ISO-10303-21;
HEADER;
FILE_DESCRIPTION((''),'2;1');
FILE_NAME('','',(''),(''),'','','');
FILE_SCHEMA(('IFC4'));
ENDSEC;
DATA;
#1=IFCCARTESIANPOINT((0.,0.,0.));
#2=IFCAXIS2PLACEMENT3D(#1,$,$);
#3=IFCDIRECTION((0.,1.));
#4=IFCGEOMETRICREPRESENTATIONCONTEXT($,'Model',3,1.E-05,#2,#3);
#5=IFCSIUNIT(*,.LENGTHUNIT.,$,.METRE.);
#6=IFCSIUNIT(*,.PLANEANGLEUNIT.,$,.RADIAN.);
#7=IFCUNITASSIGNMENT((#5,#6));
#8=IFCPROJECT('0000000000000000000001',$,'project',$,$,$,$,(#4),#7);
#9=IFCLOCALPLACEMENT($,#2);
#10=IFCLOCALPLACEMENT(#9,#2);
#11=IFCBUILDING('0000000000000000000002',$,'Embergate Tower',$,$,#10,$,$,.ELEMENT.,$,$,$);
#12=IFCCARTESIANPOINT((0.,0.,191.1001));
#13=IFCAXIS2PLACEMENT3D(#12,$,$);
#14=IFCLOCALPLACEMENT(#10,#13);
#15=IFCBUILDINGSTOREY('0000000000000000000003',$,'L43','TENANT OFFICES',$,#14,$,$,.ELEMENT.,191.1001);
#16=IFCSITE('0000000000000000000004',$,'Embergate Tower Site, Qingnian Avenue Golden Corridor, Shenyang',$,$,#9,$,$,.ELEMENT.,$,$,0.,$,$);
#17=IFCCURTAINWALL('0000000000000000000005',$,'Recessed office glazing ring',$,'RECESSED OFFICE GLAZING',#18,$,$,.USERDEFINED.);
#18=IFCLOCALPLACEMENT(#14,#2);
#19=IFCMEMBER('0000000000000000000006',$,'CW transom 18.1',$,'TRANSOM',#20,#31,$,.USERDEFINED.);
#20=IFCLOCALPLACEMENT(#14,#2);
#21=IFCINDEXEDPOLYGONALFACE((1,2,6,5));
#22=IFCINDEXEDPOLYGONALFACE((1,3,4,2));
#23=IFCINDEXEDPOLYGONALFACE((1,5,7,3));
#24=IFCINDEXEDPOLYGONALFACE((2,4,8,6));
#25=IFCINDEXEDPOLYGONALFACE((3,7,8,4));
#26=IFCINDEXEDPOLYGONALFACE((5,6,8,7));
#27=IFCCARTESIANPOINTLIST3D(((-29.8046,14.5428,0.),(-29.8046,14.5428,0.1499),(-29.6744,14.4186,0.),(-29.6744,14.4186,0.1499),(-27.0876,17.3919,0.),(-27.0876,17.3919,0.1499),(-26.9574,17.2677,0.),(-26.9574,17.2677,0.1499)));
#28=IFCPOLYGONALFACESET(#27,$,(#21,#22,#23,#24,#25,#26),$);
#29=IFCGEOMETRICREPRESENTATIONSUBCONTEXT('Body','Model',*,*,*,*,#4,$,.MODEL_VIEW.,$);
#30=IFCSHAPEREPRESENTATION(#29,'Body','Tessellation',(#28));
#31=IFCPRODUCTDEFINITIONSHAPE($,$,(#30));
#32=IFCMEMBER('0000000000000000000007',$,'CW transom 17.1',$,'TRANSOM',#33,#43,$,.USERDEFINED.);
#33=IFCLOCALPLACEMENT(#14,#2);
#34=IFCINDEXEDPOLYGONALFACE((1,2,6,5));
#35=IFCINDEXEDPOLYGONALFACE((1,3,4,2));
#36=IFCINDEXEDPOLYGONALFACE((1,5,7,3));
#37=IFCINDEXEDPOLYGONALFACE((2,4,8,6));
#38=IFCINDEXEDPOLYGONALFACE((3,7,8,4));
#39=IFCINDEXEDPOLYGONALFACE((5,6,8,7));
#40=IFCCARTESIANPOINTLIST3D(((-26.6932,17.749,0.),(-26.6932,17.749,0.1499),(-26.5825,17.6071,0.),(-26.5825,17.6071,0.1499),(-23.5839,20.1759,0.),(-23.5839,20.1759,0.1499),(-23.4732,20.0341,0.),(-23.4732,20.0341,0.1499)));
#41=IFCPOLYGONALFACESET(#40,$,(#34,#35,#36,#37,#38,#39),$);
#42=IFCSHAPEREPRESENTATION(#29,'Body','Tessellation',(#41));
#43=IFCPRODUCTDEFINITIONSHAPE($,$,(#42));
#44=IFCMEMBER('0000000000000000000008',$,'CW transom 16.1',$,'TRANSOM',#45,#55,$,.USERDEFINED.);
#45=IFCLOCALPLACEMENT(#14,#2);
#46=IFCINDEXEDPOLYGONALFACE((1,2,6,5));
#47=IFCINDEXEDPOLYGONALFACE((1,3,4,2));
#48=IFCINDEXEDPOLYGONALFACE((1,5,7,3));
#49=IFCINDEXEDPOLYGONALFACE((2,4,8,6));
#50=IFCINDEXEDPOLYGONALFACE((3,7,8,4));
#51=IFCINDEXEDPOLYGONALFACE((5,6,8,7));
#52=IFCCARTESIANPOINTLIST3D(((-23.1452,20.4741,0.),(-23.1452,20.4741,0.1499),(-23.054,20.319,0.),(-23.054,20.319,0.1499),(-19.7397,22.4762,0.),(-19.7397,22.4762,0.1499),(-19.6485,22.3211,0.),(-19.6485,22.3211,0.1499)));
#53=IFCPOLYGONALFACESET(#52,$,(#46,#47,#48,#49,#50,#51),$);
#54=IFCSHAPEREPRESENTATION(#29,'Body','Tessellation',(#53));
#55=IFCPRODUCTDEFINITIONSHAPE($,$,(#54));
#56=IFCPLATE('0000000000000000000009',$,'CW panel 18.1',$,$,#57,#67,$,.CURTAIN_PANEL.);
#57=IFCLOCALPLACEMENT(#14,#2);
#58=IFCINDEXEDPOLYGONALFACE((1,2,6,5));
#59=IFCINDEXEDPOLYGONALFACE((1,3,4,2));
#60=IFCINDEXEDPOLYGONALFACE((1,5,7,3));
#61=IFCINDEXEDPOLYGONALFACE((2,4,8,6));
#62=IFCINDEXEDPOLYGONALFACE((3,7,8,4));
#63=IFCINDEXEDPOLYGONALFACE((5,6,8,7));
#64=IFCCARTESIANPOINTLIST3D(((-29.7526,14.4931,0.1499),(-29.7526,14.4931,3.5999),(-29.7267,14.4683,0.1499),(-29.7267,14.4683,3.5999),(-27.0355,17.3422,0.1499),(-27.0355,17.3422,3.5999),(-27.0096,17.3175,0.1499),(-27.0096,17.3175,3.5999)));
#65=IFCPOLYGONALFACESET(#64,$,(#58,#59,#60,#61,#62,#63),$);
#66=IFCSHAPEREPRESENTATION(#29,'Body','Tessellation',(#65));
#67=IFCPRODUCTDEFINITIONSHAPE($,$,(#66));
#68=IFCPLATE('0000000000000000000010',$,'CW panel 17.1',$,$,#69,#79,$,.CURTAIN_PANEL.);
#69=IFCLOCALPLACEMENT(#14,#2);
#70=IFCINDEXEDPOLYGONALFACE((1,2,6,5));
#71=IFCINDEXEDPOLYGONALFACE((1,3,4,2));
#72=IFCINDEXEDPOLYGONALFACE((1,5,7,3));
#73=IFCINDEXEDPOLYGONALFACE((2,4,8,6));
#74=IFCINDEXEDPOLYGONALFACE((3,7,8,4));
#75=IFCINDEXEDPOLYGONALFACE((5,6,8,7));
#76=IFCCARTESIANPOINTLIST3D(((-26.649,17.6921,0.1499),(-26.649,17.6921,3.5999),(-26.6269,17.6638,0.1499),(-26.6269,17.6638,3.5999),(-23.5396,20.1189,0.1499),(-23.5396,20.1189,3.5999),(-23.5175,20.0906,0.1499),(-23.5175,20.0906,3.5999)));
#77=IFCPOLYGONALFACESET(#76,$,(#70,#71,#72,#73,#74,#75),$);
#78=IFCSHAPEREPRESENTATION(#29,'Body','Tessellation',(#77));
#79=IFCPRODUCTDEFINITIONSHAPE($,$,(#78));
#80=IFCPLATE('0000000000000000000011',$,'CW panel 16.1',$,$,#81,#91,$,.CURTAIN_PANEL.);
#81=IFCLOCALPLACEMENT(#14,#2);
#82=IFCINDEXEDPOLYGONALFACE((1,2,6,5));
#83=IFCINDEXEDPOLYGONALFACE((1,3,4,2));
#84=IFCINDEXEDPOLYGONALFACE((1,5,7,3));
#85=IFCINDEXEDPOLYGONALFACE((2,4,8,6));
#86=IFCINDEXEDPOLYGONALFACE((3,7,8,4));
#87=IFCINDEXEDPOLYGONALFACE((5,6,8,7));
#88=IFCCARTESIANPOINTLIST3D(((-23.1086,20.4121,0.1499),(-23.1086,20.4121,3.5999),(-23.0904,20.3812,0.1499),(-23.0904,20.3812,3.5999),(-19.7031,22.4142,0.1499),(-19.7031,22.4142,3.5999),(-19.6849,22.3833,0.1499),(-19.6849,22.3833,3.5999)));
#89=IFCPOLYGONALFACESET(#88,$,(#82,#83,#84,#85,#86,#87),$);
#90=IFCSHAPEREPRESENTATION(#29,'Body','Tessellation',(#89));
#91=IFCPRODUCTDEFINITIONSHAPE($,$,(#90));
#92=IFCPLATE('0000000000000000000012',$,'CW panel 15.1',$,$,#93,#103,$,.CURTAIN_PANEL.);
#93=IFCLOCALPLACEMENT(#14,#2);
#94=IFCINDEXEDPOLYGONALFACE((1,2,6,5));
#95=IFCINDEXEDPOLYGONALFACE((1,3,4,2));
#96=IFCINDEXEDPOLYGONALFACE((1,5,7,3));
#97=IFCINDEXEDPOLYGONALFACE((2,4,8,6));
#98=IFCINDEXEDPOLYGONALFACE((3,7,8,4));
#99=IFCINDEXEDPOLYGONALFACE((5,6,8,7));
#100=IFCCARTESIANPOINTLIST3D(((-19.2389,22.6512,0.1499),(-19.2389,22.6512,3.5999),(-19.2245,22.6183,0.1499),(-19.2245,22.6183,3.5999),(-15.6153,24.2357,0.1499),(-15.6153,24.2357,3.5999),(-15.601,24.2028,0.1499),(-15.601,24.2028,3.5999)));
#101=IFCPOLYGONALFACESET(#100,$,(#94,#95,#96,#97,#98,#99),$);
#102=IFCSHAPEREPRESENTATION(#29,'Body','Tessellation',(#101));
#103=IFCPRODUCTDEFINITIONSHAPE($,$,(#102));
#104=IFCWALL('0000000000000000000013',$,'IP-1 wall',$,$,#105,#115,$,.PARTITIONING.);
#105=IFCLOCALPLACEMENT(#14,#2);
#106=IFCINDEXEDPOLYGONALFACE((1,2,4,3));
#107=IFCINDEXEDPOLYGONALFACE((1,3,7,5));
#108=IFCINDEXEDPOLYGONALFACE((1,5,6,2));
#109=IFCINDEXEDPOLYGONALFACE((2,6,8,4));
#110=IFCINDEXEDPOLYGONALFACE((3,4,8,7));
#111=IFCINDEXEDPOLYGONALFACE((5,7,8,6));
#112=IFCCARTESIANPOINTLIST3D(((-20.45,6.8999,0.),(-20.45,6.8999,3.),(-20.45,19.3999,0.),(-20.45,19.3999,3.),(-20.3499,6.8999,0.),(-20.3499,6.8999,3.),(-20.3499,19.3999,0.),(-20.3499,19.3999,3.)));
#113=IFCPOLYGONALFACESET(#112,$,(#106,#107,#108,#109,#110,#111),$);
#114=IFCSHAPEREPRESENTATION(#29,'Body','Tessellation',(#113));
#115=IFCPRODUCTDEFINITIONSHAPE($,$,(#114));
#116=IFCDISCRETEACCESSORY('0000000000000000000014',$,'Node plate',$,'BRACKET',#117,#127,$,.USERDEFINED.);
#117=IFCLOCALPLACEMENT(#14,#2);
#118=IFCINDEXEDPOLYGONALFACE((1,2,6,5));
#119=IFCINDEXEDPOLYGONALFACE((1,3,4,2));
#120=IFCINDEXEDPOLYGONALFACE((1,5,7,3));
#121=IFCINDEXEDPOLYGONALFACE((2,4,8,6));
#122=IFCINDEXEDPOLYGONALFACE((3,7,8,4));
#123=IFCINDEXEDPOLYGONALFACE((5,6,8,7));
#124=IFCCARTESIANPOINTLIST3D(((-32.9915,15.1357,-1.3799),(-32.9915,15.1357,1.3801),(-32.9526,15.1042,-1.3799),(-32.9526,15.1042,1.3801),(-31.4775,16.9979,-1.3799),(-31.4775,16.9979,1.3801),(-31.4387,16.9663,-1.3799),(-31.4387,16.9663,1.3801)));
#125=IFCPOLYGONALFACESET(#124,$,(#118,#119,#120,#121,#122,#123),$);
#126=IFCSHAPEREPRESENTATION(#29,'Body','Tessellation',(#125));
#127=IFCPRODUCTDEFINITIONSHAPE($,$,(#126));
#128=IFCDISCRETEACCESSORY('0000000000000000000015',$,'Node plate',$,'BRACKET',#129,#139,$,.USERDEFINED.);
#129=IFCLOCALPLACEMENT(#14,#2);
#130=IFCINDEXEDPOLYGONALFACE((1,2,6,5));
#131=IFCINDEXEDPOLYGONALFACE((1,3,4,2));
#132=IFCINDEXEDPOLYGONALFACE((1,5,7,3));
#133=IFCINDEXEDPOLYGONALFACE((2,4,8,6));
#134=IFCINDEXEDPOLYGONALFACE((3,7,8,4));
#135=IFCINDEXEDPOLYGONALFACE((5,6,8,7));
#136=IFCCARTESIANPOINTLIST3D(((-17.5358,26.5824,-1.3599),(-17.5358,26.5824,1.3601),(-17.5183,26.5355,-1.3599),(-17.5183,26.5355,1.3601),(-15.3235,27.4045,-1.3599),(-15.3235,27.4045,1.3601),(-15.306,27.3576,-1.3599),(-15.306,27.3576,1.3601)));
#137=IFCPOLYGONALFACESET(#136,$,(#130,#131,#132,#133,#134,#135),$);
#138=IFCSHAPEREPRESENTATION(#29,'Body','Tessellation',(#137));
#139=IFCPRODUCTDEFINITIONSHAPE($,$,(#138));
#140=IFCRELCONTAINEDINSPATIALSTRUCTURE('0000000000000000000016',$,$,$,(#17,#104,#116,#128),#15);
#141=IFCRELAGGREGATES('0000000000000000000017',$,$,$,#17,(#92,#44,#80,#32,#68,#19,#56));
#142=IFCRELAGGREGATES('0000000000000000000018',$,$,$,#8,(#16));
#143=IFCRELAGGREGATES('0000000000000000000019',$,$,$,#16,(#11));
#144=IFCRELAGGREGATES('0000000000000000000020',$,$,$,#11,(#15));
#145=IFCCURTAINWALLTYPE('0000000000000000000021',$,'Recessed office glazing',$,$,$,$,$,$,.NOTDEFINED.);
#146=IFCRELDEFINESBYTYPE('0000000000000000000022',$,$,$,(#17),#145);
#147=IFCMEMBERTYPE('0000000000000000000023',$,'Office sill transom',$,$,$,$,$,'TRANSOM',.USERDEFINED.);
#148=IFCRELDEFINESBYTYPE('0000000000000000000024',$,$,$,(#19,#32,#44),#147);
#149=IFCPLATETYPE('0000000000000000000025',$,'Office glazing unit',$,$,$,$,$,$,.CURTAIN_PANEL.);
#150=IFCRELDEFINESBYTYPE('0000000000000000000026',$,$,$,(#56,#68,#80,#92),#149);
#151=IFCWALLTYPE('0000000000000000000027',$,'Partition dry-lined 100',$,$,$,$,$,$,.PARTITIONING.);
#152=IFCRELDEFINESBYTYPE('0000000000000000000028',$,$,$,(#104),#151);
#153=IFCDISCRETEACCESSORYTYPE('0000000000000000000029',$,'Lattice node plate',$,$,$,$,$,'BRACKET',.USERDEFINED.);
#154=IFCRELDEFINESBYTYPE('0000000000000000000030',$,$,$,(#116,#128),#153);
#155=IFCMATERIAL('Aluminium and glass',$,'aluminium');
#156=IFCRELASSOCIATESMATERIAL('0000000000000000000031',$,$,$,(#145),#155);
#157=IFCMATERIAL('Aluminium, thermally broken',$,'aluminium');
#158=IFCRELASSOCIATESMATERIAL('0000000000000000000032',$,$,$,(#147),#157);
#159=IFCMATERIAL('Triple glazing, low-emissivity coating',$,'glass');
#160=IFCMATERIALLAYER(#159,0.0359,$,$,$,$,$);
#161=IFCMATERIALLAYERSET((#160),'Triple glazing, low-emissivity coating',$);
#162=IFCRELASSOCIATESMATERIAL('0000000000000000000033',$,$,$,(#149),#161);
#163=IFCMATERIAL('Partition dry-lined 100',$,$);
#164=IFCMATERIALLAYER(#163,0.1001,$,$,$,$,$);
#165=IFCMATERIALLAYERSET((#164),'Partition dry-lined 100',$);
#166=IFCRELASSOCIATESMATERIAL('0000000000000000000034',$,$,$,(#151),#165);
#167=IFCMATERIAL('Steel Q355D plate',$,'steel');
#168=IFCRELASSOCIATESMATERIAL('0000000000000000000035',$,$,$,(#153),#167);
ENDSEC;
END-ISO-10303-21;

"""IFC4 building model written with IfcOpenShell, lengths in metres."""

from ifc_helpers import new_model, si_unit, direction, frame, frame_2d, origin, origin_2d, place, context, subcontext, project, spatial, rectangle, extrude, source, transform, mapped, material, layer, layer_set, material_profile, profile_set, type_object, element, aggregate, save


model = new_model("IFC4")

# Units and contexts
model_context = context("Model", 3, precision=1e-05, world=origin(), true_north=direction((0.0, 1.0)))
body_context = subcontext(model_context, "Body", "Model", "MODEL_VIEW")
ifc_project = project(units=[si_unit("LENGTHUNIT", "METRE"), si_unit("PLANEANGLEUNIT", "RADIAN")], contexts=[model_context])

# Site, building, storey
site_placement = place(None, origin())
site = spatial("IfcSite", under=ifc_project, at=site_placement, Name="Embergate Tower Site, Qingnian Avenue Golden Corridor, Shenyang", CompositionType="ELEMENT", RefElevation=0.0)
building_placement = place(site_placement, origin())
building = spatial("IfcBuilding", under=site, at=building_placement, Name="Embergate Tower", CompositionType="ELEMENT")
storey_placement = place(building_placement, frame((0.0, 0.0, 191.1001)))
storey = spatial("IfcBuildingStorey", under=building, at=storey_placement, Name="L43", Description="TENANT OFFICES", CompositionType="ELEMENT", Elevation=191.1001)

# Curtain wall, members, plates
ifc_material_1 = material(Name="Aluminium and glass", Category="aluminium")
curtain_wall_type = type_object("IfcCurtainWallType", Name="Recessed office glazing", PredefinedType="NOTDEFINED", material=ifc_material_1)
curtain_wall_placement = place(storey_placement, origin())
curtain_wall = element("IfcCurtainWall", 1, at=curtain_wall_placement, inside=storey, type_object=curtain_wall_type, Name="Recessed office glazing ring", ObjectType="RECESSED OFFICE GLAZING", PredefinedType="USERDEFINED")
ifc_material_2 = material(Name="Aluminium, thermally broken", Category="aluminium")
ifc_material_profile_1 = material_profile(ifc_material_2, rectangle(XDim=0.1799, YDim=0.1499, at=origin_2d()), Name="AL 150x180")
ifc_profile_set_1 = profile_set([ifc_material_profile_1], Name="Aluminium, thermally broken")
member_type_1 = type_object("IfcMemberType", Name="Office sill transom", ElementType="TRANSOM", PredefinedType="USERDEFINED", material=ifc_profile_set_1)
shared_shape_1 = source(origin(), body_context, "Body", "SweptSolid", [
    extrude(rectangle(XDim=0.1799, YDim=0.1499, at=origin_2d()), origin(), (0.0, 0.0, 1.0), 3.937),
])
member_1_placement = place(storey_placement, frame((-27.0225, 17.3298, 0.075), z_axis=(-0.690133, -0.723682, 0.0), x_axis=(0.723682, -0.690133, 0.0)))
member_1 = element("IfcMember", 2, at=member_1_placement, type_object=member_type_1, Name="CW transom 18.1", ObjectType="TRANSOM", PredefinedType="USERDEFINED", context=body_context, shape_type="MappedRepresentation", body=[
    mapped(shared_shape_1, transform((0.0, 0.0, 0.0))),
])
shared_shape_2 = source(origin(), body_context, "Body", "SweptSolid", [
    extrude(rectangle(XDim=0.1799, YDim=0.1499, at=origin_2d()), origin(), (0.0, 0.0, 1.0), 3.9443),
])
member_2_placement = place(storey_placement, frame((-23.5286, 20.105, 0.075), z_axis=(-0.788295, -0.615298, 0.0), x_axis=(0.615298, -0.788295, 0.0)))
member_2 = element("IfcMember", 3, at=member_2_placement, type_object=member_type_1, Name="CW transom 17.1", ObjectType="TRANSOM", PredefinedType="USERDEFINED", context=body_context, shape_type="MappedRepresentation", body=[
    mapped(shared_shape_2, transform((0.0, 0.0, 0.0))),
])
shared_shape_3 = source(origin(), body_context, "Body", "SweptSolid", [
    extrude(rectangle(XDim=0.1799, YDim=0.1499, at=origin_2d()), origin(), (0.0, 0.0, 1.0), 3.9504),
])
member_3_placement = place(storey_placement, frame((-19.6941, 22.3987, 0.075), z_axis=(-0.86205, -0.506823, 0.0), x_axis=(0.506823, -0.86205, 0.0)))
member_3 = element("IfcMember", 4, at=member_3_placement, type_object=member_type_1, Name="CW transom 16.1", ObjectType="TRANSOM", PredefinedType="USERDEFINED", context=body_context, shape_type="MappedRepresentation", body=[
    mapped(shared_shape_3, transform((0.0, 0.0, 0.0))),
])
ifc_material_3 = material(Name="Triple glazing, low-emissivity coating", Category="glass")
ifc_layer_1 = layer(ifc_material_3, 0.0359)
ifc_layer_set_1 = layer_set([ifc_layer_1], Name="Triple glazing, low-emissivity coating")
plate_type = type_object("IfcPlateType", Name="Office glazing unit", PredefinedType="CURTAIN_PANEL", material=ifc_layer_set_1)
shared_shape_4 = source(origin(), body_context, "Body", "SweptSolid", [
    extrude(rectangle(XDim=3.937, YDim=0.0359, at=origin_2d()), origin(), (0.0, 0.0, 1.0), 3.45),
])
plate_1_placement = place(storey_placement, frame((-28.3811, 15.9053, 0.1499), z_axis=(0.0, 0.0, 1.0), x_axis=(-0.690138, -0.723678, 0.0)))
plate_1 = element("IfcPlate", 5, at=plate_1_placement, type_object=plate_type, Name="CW panel 18.1", PredefinedType="CURTAIN_PANEL", context=body_context, shape_type="MappedRepresentation", body=[
    mapped(shared_shape_4, transform((0.0, 0.0, 0.0))),
])
shared_shape_5 = source(origin(), body_context, "Body", "SweptSolid", [
    extrude(rectangle(XDim=3.9443, YDim=0.0359, at=origin_2d()), origin(), (0.0, 0.0, 1.0), 3.45),
])
plate_2_placement = place(storey_placement, frame((-25.0833, 18.8914, 0.1499), z_axis=(0.0, 0.0, 1.0), x_axis=(-0.788322, -0.615263, 0.0)))
plate_2 = element("IfcPlate", 6, at=plate_2_placement, type_object=plate_type, Name="CW panel 17.1", PredefinedType="CURTAIN_PANEL", context=body_context, shape_type="MappedRepresentation", body=[
    mapped(shared_shape_5, transform((0.0, 0.0, 0.0))),
])
shared_shape_6 = source(origin(), body_context, "Body", "SweptSolid", [
    extrude(rectangle(XDim=3.9504, YDim=0.0359, at=origin_2d()), origin(), (0.0, 0.0, 1.0), 3.45),
])
plate_3_placement = place(storey_placement, frame((-21.3967, 21.3977, 0.1499), z_axis=(0.0, 0.0, 1.0), x_axis=(-0.862054, -0.506816, 0.0)))
plate_3 = element("IfcPlate", 7, at=plate_3_placement, type_object=plate_type, Name="CW panel 16.1", PredefinedType="CURTAIN_PANEL", context=body_context, shape_type="MappedRepresentation", body=[
    mapped(shared_shape_6, transform((0.0, 0.0, 0.0))),
])
shared_shape_7 = source(origin(), body_context, "Body", "SweptSolid", [
    extrude(rectangle(XDim=3.9548, YDim=0.0359, at=origin_2d()), origin(), (0.0, 0.0, 1.0), 3.45),
])
plate_4_placement = place(storey_placement, frame((-17.4199, 23.427, 0.1499), z_axis=(0.0, 0.0, 1.0), x_axis=(-0.916237, -0.400637, 0.0)))
plate_4 = element("IfcPlate", 8, at=plate_4_placement, type_object=plate_type, Name="CW panel 15.1", PredefinedType="CURTAIN_PANEL", context=body_context, shape_type="MappedRepresentation", body=[
    mapped(shared_shape_7, transform((0.0, 0.0, 0.0))),
])
aggregate(curtain_wall, [plate_4, member_3, plate_3, member_2, plate_2, member_1, plate_1])

# Wall
ifc_material_4 = material(Name="Partition dry-lined 100")
ifc_layer_2 = layer(ifc_material_4, 0.1001)
ifc_layer_set_2 = layer_set([ifc_layer_2], Name="Partition dry-lined 100")
wall_type = type_object("IfcWallType", Name="Partition dry-lined 100", PredefinedType="PARTITIONING", material=ifc_layer_set_2)
shared_shape_8 = source(origin(), body_context, "Body", "SweptSolid", [
    extrude(rectangle(XDim=12.5, YDim=0.1001, at=frame_2d((6.25, 0.0))), origin(), (0.0, 0.0, 1.0), 3.0),
])
wall_placement = place(storey_placement, frame((-20.3999, 19.3999, 0.0), z_axis=(0.0, 0.0, 1.0), x_axis=(0.0, -1.0, 0.0)))
element("IfcWall", 9, at=wall_placement, inside=storey, type_object=wall_type, Name="IP-1 wall", PredefinedType="PARTITIONING", context=body_context, shape_type="MappedRepresentation", body=[
    mapped(shared_shape_8, transform((0.0, 0.0, 0.0))),
])

# Discrete accessories
ifc_material_5 = material(Name="Steel Q355D plate", Category="steel")
discrete_accessory_type = type_object("IfcDiscreteAccessoryType", Name="Lattice node plate", ElementType="BRACKET", PredefinedType="USERDEFINED", material=ifc_material_5)
shared_shape_9 = source(origin(), body_context, "Body", "SweptSolid", [
    extrude(rectangle(XDim=2.3999, YDim=0.05, at=origin_2d()), origin(), (0.0, 0.0, 1.0), 2.76),
])
discrete_accessory_1_placement = place(storey_placement, frame((-32.2151, 16.051, -1.3799), z_axis=(0.0, 0.0, 1.0), x_axis=(-0.630825, -0.775925, 0.0)))
element("IfcDiscreteAccessory", 10, at=discrete_accessory_1_placement, inside=storey, type_object=discrete_accessory_type, Name="Node plate", ObjectType="BRACKET", PredefinedType="USERDEFINED", context=body_context, shape_type="MappedRepresentation", body=[
    mapped(shared_shape_9, transform((0.0, 0.0, 0.0))),
])
shared_shape_10 = source(origin(), body_context, "Body", "SweptSolid", [
    extrude(rectangle(XDim=2.3601, YDim=0.05, at=origin_2d()), origin(), (0.0, 0.0, 1.0), 2.72),
])
discrete_accessory_2_placement = place(storey_placement, frame((-16.4209, 26.97, -1.3599), z_axis=(0.0, 0.0, 1.0), x_axis=(-0.937367, -0.348343, 0.0)))
element("IfcDiscreteAccessory", 11, at=discrete_accessory_2_placement, inside=storey, type_object=discrete_accessory_type, Name="Node plate", ObjectType="BRACKET", PredefinedType="USERDEFINED", context=body_context, shape_type="MappedRepresentation", body=[
    mapped(shared_shape_10, transform((0.0, 0.0, 0.0))),
])

save(model, "model.ifc")
